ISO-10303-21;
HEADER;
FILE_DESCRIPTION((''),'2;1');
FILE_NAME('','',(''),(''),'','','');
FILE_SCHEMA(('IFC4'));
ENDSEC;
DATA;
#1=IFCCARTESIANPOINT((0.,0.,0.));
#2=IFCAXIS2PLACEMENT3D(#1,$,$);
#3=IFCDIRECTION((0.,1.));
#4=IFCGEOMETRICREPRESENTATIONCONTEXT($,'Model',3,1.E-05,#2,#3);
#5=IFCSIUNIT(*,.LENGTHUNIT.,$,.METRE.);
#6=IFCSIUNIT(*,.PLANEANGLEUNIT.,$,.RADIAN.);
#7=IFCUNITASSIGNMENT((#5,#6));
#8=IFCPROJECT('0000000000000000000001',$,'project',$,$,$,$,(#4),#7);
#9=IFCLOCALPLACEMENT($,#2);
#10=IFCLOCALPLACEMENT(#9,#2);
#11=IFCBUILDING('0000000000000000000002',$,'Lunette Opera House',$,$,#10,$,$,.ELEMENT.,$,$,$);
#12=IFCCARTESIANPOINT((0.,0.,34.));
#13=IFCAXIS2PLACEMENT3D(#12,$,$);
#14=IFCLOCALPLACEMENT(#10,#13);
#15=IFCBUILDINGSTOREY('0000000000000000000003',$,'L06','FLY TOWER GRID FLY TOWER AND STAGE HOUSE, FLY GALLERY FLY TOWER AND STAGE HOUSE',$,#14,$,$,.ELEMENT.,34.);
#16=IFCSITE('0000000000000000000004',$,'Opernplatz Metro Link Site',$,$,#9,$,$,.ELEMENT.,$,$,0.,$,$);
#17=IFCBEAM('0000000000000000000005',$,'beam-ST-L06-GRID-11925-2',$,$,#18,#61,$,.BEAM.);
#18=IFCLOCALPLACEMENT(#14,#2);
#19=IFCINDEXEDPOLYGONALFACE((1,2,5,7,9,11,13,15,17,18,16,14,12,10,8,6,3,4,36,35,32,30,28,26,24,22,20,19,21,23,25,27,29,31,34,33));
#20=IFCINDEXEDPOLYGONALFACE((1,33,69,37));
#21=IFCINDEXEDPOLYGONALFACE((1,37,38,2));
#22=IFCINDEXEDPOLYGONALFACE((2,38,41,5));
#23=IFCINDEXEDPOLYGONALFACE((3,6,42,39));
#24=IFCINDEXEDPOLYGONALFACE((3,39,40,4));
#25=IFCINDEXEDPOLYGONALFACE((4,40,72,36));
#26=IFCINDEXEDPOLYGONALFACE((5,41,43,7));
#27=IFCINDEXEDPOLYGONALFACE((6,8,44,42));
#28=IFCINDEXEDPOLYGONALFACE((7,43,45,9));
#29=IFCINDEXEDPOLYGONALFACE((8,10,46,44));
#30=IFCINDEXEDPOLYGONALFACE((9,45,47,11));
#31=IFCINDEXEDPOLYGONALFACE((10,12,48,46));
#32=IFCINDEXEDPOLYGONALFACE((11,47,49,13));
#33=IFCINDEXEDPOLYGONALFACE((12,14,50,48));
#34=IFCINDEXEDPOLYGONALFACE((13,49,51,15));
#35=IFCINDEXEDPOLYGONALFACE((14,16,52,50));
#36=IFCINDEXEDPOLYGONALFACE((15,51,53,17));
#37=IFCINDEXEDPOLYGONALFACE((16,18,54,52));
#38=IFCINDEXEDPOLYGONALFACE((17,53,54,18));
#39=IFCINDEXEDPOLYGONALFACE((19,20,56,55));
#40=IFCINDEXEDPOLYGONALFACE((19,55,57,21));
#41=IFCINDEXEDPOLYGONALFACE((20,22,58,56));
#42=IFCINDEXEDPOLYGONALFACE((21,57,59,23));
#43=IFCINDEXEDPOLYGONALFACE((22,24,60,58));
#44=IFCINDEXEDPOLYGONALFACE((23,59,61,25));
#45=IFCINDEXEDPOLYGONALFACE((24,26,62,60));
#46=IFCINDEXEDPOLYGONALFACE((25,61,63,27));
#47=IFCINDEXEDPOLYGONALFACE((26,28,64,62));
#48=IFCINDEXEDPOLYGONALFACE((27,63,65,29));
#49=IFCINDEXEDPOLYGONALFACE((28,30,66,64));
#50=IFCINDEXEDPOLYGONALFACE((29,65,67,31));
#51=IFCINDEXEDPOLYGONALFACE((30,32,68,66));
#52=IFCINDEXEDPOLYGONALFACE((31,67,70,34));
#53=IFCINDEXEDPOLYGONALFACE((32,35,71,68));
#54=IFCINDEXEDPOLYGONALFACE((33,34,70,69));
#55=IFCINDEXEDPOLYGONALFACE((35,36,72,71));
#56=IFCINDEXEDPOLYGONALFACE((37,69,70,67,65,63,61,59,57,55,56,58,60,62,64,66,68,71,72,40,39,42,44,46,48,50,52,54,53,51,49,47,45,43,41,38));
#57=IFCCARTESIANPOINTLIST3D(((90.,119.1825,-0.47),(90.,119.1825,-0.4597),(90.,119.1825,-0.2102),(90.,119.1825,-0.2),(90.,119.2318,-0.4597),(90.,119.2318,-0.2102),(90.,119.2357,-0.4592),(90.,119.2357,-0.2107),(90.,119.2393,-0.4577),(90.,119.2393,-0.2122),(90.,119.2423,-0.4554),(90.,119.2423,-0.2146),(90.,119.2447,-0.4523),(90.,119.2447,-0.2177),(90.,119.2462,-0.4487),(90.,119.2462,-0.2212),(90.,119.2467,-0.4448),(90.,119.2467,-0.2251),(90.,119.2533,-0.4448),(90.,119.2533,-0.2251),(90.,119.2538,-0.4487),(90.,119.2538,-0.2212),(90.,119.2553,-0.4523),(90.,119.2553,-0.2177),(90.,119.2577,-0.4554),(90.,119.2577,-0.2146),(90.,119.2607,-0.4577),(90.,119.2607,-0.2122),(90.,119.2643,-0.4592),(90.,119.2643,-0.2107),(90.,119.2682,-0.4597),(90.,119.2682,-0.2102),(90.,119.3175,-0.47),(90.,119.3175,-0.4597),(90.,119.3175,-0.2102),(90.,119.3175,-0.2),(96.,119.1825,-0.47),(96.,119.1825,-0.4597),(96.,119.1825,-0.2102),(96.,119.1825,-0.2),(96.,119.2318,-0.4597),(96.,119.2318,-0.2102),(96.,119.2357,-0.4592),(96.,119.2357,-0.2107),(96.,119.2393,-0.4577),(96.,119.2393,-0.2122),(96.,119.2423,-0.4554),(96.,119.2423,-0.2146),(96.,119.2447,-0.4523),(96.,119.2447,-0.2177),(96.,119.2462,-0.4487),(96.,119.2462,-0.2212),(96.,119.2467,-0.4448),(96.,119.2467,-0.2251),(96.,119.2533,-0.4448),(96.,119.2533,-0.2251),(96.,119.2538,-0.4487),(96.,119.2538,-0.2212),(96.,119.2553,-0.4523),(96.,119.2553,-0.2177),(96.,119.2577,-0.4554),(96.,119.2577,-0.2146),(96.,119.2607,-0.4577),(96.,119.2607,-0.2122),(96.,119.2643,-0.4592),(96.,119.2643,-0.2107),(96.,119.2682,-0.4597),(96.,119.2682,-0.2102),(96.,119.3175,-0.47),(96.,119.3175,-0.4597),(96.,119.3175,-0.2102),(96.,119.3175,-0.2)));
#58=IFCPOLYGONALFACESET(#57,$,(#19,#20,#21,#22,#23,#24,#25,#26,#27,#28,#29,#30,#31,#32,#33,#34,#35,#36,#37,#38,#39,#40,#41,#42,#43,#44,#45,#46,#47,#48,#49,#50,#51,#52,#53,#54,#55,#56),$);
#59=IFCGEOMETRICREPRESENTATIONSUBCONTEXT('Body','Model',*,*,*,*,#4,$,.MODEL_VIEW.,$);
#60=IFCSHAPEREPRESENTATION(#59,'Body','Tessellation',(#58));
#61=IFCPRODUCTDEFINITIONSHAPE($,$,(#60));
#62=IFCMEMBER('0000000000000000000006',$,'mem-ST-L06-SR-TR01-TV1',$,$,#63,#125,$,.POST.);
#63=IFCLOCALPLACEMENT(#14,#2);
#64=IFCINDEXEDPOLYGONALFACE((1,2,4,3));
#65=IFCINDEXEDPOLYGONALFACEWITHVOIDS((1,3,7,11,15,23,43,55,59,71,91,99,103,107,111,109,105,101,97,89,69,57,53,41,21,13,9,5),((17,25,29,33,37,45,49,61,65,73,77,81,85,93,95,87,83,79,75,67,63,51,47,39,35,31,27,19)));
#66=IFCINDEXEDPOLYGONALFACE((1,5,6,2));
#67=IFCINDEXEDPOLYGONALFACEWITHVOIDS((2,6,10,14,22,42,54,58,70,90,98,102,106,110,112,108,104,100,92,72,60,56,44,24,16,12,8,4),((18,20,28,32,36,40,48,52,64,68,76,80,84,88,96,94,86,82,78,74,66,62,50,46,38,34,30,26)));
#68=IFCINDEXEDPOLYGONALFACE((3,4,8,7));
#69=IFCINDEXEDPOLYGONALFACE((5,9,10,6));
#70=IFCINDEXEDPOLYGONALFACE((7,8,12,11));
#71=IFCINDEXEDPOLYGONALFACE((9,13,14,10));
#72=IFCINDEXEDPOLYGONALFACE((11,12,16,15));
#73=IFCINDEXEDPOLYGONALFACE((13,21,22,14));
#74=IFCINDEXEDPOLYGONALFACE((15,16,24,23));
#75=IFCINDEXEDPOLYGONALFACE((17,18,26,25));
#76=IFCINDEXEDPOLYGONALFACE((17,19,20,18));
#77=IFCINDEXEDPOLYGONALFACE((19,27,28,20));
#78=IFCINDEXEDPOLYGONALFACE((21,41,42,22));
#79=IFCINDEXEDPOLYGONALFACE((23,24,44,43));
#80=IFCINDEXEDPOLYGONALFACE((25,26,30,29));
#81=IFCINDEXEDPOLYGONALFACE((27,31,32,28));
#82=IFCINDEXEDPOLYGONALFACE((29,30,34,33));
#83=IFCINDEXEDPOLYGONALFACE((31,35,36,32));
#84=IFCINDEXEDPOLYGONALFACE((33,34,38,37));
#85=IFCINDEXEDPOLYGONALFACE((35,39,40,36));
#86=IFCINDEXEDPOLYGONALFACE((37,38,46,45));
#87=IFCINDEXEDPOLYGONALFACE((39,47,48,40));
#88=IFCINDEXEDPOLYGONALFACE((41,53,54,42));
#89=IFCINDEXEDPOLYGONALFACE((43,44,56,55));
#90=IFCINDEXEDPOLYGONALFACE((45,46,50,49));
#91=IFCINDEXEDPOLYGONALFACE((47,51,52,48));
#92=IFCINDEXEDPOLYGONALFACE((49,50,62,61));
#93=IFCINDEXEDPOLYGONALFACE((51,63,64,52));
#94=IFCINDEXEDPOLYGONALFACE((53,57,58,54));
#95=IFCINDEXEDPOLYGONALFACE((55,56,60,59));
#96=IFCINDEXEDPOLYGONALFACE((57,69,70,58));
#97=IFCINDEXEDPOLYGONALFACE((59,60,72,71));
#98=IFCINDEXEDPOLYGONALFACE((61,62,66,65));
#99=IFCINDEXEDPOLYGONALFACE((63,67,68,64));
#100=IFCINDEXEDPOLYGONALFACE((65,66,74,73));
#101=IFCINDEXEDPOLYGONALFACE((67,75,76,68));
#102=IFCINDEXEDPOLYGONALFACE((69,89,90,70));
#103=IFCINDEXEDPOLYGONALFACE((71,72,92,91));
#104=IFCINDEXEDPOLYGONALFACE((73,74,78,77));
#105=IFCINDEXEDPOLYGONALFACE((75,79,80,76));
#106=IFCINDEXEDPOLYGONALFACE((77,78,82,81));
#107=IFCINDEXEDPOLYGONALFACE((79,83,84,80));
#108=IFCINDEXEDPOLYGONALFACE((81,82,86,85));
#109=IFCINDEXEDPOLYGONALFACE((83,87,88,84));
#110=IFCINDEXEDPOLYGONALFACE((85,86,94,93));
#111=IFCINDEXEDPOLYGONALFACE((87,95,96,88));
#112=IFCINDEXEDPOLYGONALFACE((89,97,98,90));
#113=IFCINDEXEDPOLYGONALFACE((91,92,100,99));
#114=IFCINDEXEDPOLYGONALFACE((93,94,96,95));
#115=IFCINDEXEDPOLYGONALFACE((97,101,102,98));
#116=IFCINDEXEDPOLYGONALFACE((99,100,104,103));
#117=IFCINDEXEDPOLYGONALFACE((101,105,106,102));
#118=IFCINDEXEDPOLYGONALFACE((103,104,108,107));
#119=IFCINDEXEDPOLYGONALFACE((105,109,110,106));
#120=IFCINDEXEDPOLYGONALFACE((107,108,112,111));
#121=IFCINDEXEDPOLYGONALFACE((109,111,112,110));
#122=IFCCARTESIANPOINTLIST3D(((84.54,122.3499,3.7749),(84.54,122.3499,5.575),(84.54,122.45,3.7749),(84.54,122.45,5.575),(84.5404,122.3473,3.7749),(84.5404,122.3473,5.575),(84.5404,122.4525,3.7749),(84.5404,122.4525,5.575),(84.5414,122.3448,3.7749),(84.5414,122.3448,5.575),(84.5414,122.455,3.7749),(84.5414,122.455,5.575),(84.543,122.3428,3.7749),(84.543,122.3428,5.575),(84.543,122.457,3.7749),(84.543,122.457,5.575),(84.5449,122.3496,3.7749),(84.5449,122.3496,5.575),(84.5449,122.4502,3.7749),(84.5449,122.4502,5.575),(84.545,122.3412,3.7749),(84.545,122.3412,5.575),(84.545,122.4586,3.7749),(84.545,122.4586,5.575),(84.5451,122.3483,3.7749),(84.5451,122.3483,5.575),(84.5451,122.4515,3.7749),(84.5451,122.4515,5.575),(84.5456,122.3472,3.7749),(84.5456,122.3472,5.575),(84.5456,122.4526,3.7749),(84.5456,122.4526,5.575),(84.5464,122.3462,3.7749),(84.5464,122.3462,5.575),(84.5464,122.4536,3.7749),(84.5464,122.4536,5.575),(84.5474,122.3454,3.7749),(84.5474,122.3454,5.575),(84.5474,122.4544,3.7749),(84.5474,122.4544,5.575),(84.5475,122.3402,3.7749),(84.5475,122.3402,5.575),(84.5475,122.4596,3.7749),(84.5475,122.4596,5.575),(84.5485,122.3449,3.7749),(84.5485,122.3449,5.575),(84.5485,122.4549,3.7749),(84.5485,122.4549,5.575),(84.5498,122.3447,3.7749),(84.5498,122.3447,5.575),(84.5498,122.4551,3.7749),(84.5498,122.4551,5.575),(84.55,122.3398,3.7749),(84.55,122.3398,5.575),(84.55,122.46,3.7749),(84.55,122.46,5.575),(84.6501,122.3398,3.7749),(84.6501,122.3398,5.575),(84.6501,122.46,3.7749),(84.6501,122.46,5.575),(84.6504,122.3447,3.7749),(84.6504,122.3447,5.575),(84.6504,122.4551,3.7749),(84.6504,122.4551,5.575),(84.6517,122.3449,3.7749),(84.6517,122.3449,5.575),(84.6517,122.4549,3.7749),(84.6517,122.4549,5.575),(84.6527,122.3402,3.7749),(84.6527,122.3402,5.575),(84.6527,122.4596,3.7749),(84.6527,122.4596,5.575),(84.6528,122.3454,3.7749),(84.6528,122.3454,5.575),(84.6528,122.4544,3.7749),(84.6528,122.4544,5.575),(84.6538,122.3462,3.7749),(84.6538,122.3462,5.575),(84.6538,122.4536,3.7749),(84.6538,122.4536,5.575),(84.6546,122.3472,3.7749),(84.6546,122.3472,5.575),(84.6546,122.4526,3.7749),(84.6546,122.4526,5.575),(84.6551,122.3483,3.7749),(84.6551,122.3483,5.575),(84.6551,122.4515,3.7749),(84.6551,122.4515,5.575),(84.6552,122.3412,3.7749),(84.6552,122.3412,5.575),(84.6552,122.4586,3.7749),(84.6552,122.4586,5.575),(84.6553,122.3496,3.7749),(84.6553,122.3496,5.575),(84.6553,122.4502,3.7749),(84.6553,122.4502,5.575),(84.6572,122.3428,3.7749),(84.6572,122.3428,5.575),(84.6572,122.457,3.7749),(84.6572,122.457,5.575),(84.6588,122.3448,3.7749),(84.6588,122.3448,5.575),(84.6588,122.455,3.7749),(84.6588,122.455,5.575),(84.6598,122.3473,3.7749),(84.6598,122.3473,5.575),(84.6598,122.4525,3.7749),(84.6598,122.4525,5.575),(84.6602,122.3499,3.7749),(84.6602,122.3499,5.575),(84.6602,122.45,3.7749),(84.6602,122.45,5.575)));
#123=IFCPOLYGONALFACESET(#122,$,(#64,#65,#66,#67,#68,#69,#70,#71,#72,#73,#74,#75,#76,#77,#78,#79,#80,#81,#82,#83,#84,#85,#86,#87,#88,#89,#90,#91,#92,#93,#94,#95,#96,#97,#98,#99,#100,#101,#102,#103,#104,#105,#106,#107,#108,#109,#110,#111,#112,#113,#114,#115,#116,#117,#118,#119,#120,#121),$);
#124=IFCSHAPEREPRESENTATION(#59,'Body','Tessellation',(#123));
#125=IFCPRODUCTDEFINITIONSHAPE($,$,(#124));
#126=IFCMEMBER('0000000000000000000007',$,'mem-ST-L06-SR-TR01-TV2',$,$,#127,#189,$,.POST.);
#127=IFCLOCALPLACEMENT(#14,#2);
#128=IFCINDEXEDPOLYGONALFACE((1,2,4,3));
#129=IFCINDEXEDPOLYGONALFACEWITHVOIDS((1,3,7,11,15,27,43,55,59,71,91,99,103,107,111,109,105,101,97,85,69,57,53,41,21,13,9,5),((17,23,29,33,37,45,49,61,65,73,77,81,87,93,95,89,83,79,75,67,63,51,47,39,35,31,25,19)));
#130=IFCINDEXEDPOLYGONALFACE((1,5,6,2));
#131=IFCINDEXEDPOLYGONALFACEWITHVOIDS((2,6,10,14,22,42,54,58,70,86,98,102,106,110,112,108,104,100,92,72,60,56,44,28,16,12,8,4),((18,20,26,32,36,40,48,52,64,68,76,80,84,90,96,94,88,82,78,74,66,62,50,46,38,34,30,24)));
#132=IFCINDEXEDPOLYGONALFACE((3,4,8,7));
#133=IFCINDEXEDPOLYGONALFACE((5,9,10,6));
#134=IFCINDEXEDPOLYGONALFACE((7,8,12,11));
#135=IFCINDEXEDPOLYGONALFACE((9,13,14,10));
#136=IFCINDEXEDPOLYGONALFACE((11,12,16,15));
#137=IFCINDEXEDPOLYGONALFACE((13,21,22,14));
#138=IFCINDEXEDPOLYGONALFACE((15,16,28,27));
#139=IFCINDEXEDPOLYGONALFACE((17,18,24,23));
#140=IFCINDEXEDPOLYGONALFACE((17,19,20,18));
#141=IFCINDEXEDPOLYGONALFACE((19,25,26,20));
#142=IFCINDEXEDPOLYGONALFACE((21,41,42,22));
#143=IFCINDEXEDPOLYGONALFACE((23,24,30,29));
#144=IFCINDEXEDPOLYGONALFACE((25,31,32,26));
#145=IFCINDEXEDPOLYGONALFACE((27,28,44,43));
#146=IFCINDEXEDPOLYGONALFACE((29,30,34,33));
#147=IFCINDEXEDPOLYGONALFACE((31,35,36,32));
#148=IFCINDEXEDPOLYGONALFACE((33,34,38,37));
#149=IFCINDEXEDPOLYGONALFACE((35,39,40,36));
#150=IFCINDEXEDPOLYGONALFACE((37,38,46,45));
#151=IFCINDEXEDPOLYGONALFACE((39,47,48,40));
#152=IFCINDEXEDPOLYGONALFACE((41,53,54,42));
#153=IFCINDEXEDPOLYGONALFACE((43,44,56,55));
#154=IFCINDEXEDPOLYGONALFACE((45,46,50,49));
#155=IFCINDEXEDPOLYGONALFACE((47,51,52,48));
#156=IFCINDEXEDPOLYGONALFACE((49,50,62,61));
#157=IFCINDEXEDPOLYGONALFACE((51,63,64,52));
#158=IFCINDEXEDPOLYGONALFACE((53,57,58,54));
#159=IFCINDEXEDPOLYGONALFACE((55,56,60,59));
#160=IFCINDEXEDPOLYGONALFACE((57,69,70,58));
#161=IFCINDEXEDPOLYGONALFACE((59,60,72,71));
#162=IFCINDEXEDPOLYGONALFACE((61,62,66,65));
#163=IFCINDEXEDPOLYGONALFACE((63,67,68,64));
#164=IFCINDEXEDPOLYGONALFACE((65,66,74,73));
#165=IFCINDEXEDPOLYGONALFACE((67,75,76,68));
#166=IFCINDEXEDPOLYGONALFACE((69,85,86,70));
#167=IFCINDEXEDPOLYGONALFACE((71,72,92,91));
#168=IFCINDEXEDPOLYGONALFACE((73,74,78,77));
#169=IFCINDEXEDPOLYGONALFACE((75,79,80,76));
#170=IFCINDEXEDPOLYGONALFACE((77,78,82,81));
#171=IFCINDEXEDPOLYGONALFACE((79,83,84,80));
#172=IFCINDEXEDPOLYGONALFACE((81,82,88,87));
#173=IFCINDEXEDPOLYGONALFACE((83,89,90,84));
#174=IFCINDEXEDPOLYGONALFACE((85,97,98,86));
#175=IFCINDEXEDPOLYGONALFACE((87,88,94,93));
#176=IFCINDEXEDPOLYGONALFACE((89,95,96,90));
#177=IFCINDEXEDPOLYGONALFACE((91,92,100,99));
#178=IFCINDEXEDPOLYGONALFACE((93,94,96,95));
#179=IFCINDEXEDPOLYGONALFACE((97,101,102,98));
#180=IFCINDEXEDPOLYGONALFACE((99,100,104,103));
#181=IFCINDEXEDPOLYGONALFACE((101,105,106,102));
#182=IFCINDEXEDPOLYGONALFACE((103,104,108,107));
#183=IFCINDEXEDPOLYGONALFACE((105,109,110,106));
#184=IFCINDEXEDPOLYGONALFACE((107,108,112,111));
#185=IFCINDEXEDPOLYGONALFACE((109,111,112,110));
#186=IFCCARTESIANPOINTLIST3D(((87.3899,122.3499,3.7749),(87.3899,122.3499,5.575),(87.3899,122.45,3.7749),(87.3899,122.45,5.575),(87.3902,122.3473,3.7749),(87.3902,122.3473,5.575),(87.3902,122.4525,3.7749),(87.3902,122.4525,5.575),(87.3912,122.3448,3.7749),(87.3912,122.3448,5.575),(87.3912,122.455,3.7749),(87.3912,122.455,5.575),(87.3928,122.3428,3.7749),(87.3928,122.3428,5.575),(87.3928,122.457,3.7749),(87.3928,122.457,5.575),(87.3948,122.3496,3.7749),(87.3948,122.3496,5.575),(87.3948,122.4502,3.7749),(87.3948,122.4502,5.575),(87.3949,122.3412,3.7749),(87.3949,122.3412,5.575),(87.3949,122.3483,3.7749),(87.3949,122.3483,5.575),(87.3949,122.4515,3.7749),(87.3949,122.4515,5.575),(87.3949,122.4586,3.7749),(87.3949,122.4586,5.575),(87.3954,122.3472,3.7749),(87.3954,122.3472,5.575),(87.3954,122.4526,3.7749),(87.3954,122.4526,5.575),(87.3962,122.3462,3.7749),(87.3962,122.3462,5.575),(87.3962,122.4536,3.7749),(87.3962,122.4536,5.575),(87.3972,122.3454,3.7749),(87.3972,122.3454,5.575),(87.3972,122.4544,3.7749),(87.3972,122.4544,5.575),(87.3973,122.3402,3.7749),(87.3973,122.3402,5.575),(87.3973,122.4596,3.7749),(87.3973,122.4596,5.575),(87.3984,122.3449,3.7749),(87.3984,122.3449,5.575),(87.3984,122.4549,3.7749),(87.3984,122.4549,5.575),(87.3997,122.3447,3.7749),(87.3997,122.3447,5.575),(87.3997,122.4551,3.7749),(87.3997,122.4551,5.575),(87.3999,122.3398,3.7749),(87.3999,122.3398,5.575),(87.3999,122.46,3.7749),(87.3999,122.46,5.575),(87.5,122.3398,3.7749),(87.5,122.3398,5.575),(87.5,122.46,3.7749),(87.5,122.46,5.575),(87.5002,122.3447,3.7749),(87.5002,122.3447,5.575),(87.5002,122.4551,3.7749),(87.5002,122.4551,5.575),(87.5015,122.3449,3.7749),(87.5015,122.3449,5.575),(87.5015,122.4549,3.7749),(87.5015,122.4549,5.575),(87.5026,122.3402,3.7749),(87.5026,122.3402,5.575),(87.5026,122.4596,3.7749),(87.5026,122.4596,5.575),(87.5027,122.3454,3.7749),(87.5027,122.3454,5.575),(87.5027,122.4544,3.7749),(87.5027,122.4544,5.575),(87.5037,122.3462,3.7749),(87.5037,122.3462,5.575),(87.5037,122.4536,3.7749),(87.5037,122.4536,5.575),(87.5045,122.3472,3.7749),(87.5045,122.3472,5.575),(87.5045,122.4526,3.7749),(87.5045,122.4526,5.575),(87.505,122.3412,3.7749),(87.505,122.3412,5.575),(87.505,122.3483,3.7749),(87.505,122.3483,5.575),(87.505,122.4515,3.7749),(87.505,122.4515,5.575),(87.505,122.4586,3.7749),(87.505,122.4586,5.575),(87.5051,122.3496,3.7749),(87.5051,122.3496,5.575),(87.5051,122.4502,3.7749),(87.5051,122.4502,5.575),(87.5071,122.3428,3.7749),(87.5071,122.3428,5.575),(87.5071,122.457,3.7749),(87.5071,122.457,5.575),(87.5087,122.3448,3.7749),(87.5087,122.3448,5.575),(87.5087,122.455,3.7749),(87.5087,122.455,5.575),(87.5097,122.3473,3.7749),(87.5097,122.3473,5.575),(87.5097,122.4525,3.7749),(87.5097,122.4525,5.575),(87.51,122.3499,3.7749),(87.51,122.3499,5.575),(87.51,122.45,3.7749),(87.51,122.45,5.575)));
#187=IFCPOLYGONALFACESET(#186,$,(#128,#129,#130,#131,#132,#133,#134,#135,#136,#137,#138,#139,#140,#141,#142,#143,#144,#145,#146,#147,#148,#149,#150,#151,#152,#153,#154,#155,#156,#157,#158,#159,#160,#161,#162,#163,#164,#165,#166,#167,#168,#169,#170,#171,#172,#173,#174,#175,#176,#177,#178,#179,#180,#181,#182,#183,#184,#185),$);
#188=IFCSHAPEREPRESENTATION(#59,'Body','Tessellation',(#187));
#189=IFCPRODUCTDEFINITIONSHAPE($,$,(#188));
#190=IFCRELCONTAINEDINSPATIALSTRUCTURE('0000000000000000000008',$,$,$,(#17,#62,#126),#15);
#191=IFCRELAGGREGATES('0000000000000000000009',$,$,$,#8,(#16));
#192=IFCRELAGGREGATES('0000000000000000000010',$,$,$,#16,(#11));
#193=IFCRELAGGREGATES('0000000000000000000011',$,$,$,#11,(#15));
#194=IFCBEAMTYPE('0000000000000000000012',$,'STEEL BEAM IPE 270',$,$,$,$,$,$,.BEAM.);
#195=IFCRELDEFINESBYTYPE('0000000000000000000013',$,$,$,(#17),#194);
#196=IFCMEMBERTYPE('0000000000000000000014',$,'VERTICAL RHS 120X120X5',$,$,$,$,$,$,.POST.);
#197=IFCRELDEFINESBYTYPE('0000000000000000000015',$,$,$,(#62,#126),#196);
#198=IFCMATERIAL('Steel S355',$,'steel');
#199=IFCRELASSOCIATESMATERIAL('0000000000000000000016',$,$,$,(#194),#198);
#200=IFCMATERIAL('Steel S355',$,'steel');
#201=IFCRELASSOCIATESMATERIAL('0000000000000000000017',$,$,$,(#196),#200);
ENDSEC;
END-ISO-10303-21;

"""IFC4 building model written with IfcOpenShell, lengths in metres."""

from ifc_helpers import new_model, si_unit, direction, frame, origin, origin_2d, place, context, subcontext, project, spatial, hollow_rectangle, i_section, extrude, material, material_profile, profile_set, type_object, element, save


model = new_model("IFC4")

# Units and contexts
model_context = context("Model", 3, precision=1e-05, world=origin(), true_north=direction((0.0, 1.0)))
body_context = subcontext(model_context, "Body", "Model", "MODEL_VIEW")
ifc_project = project(units=[si_unit("LENGTHUNIT", "METRE"), si_unit("PLANEANGLEUNIT", "RADIAN")], contexts=[model_context])

# Site, building, storey
site_placement = place(None, origin())
site = spatial("IfcSite", under=ifc_project, at=site_placement, Name="Opernplatz Metro Link Site", CompositionType="ELEMENT", RefElevation=0.0)
building_placement = place(site_placement, origin())
building = spatial("IfcBuilding", under=site, at=building_placement, Name="Lunette Opera House", CompositionType="ELEMENT")
storey_placement = place(building_placement, frame((0.0, 0.0, 34.0)))
storey = spatial("IfcBuildingStorey", under=building, at=storey_placement, Name="L06", Description="FLY TOWER GRID FLY TOWER AND STAGE HOUSE, FLY GALLERY FLY TOWER AND STAGE HOUSE", CompositionType="ELEMENT", Elevation=34.0)

# Beam
ifc_material_1 = material(Name="Steel S355", Category="steel")
ifc_material_profile_1 = material_profile(ifc_material_1, i_section(OverallWidth=0.135, OverallDepth=0.27, WebThickness=0.0066, FlangeThickness=0.0103, FilletRadius=0.0149, at=origin_2d()), Name="IPE 270")
ifc_profile_set_1 = profile_set([ifc_material_profile_1], Name="Steel S355")
beam_type = type_object("IfcBeamType", Name="STEEL BEAM IPE 270", PredefinedType="BEAM", material=ifc_profile_set_1)
for number, where, z_axis, x_axis, name in (
    (1, (90.0, 119.25, -0.335), (1.0, 0.0, 0.0), (0.0, 1.0, 0.0), "beam-ST-L06-GRID-11925-2"),
):
    element("IfcBeam", number, at=place(storey_placement, frame(where, z_axis=z_axis, x_axis=x_axis)), inside=storey, type_object=beam_type, Name=name, PredefinedType="BEAM", context=body_context, shape_type="SweptSolid", body=[
        extrude(i_section(OverallWidth=0.135, OverallDepth=0.27, WebThickness=0.0066, FlangeThickness=0.0103, FilletRadius=0.0149, at=origin_2d()), origin(), (0.0, 0.0, 1.0), 6.0),
    ])

# Members
ifc_material_2 = material(Name="Steel S355", Category="steel")
ifc_material_profile_2 = material_profile(ifc_material_2, hollow_rectangle(XDim=0.1201, YDim=0.1201, WallThickness=0.0049, InnerFilletRadius=0.0049, OuterFilletRadius=0.01, at=origin_2d()), Name="RHS 120X120X5")
ifc_profile_set_2 = profile_set([ifc_material_profile_2], Name="Steel S355")
member_type_1 = type_object("IfcMemberType", Name="VERTICAL RHS 120X120X5", PredefinedType="POST", material=ifc_profile_set_2)
for number, where, z_axis, x_axis, name in (
    (2, (84.6001, 122.3999, 3.7749), (0.0, 0.0, 1.0), (1.0, 0.0, 0.0), "mem-ST-L06-SR-TR01-TV1"),
    (3, (87.45, 122.3999, 3.7749), (0.0, 0.0, 1.0), (1.0, 0.0, 0.0), "mem-ST-L06-SR-TR01-TV2"),
):
    element("IfcMember", number, at=place(storey_placement, frame(where, z_axis=z_axis, x_axis=x_axis)), inside=storey, type_object=member_type_1, Name=name, PredefinedType="POST", context=body_context, shape_type="SweptSolid", body=[
        extrude(hollow_rectangle(XDim=0.1201, YDim=0.1201, WallThickness=0.0049, InnerFilletRadius=0.0049, OuterFilletRadius=0.01, at=origin_2d()), origin(), (0.0, 0.0, 1.0), 1.8),
    ])

save(model, "model.ifc")
